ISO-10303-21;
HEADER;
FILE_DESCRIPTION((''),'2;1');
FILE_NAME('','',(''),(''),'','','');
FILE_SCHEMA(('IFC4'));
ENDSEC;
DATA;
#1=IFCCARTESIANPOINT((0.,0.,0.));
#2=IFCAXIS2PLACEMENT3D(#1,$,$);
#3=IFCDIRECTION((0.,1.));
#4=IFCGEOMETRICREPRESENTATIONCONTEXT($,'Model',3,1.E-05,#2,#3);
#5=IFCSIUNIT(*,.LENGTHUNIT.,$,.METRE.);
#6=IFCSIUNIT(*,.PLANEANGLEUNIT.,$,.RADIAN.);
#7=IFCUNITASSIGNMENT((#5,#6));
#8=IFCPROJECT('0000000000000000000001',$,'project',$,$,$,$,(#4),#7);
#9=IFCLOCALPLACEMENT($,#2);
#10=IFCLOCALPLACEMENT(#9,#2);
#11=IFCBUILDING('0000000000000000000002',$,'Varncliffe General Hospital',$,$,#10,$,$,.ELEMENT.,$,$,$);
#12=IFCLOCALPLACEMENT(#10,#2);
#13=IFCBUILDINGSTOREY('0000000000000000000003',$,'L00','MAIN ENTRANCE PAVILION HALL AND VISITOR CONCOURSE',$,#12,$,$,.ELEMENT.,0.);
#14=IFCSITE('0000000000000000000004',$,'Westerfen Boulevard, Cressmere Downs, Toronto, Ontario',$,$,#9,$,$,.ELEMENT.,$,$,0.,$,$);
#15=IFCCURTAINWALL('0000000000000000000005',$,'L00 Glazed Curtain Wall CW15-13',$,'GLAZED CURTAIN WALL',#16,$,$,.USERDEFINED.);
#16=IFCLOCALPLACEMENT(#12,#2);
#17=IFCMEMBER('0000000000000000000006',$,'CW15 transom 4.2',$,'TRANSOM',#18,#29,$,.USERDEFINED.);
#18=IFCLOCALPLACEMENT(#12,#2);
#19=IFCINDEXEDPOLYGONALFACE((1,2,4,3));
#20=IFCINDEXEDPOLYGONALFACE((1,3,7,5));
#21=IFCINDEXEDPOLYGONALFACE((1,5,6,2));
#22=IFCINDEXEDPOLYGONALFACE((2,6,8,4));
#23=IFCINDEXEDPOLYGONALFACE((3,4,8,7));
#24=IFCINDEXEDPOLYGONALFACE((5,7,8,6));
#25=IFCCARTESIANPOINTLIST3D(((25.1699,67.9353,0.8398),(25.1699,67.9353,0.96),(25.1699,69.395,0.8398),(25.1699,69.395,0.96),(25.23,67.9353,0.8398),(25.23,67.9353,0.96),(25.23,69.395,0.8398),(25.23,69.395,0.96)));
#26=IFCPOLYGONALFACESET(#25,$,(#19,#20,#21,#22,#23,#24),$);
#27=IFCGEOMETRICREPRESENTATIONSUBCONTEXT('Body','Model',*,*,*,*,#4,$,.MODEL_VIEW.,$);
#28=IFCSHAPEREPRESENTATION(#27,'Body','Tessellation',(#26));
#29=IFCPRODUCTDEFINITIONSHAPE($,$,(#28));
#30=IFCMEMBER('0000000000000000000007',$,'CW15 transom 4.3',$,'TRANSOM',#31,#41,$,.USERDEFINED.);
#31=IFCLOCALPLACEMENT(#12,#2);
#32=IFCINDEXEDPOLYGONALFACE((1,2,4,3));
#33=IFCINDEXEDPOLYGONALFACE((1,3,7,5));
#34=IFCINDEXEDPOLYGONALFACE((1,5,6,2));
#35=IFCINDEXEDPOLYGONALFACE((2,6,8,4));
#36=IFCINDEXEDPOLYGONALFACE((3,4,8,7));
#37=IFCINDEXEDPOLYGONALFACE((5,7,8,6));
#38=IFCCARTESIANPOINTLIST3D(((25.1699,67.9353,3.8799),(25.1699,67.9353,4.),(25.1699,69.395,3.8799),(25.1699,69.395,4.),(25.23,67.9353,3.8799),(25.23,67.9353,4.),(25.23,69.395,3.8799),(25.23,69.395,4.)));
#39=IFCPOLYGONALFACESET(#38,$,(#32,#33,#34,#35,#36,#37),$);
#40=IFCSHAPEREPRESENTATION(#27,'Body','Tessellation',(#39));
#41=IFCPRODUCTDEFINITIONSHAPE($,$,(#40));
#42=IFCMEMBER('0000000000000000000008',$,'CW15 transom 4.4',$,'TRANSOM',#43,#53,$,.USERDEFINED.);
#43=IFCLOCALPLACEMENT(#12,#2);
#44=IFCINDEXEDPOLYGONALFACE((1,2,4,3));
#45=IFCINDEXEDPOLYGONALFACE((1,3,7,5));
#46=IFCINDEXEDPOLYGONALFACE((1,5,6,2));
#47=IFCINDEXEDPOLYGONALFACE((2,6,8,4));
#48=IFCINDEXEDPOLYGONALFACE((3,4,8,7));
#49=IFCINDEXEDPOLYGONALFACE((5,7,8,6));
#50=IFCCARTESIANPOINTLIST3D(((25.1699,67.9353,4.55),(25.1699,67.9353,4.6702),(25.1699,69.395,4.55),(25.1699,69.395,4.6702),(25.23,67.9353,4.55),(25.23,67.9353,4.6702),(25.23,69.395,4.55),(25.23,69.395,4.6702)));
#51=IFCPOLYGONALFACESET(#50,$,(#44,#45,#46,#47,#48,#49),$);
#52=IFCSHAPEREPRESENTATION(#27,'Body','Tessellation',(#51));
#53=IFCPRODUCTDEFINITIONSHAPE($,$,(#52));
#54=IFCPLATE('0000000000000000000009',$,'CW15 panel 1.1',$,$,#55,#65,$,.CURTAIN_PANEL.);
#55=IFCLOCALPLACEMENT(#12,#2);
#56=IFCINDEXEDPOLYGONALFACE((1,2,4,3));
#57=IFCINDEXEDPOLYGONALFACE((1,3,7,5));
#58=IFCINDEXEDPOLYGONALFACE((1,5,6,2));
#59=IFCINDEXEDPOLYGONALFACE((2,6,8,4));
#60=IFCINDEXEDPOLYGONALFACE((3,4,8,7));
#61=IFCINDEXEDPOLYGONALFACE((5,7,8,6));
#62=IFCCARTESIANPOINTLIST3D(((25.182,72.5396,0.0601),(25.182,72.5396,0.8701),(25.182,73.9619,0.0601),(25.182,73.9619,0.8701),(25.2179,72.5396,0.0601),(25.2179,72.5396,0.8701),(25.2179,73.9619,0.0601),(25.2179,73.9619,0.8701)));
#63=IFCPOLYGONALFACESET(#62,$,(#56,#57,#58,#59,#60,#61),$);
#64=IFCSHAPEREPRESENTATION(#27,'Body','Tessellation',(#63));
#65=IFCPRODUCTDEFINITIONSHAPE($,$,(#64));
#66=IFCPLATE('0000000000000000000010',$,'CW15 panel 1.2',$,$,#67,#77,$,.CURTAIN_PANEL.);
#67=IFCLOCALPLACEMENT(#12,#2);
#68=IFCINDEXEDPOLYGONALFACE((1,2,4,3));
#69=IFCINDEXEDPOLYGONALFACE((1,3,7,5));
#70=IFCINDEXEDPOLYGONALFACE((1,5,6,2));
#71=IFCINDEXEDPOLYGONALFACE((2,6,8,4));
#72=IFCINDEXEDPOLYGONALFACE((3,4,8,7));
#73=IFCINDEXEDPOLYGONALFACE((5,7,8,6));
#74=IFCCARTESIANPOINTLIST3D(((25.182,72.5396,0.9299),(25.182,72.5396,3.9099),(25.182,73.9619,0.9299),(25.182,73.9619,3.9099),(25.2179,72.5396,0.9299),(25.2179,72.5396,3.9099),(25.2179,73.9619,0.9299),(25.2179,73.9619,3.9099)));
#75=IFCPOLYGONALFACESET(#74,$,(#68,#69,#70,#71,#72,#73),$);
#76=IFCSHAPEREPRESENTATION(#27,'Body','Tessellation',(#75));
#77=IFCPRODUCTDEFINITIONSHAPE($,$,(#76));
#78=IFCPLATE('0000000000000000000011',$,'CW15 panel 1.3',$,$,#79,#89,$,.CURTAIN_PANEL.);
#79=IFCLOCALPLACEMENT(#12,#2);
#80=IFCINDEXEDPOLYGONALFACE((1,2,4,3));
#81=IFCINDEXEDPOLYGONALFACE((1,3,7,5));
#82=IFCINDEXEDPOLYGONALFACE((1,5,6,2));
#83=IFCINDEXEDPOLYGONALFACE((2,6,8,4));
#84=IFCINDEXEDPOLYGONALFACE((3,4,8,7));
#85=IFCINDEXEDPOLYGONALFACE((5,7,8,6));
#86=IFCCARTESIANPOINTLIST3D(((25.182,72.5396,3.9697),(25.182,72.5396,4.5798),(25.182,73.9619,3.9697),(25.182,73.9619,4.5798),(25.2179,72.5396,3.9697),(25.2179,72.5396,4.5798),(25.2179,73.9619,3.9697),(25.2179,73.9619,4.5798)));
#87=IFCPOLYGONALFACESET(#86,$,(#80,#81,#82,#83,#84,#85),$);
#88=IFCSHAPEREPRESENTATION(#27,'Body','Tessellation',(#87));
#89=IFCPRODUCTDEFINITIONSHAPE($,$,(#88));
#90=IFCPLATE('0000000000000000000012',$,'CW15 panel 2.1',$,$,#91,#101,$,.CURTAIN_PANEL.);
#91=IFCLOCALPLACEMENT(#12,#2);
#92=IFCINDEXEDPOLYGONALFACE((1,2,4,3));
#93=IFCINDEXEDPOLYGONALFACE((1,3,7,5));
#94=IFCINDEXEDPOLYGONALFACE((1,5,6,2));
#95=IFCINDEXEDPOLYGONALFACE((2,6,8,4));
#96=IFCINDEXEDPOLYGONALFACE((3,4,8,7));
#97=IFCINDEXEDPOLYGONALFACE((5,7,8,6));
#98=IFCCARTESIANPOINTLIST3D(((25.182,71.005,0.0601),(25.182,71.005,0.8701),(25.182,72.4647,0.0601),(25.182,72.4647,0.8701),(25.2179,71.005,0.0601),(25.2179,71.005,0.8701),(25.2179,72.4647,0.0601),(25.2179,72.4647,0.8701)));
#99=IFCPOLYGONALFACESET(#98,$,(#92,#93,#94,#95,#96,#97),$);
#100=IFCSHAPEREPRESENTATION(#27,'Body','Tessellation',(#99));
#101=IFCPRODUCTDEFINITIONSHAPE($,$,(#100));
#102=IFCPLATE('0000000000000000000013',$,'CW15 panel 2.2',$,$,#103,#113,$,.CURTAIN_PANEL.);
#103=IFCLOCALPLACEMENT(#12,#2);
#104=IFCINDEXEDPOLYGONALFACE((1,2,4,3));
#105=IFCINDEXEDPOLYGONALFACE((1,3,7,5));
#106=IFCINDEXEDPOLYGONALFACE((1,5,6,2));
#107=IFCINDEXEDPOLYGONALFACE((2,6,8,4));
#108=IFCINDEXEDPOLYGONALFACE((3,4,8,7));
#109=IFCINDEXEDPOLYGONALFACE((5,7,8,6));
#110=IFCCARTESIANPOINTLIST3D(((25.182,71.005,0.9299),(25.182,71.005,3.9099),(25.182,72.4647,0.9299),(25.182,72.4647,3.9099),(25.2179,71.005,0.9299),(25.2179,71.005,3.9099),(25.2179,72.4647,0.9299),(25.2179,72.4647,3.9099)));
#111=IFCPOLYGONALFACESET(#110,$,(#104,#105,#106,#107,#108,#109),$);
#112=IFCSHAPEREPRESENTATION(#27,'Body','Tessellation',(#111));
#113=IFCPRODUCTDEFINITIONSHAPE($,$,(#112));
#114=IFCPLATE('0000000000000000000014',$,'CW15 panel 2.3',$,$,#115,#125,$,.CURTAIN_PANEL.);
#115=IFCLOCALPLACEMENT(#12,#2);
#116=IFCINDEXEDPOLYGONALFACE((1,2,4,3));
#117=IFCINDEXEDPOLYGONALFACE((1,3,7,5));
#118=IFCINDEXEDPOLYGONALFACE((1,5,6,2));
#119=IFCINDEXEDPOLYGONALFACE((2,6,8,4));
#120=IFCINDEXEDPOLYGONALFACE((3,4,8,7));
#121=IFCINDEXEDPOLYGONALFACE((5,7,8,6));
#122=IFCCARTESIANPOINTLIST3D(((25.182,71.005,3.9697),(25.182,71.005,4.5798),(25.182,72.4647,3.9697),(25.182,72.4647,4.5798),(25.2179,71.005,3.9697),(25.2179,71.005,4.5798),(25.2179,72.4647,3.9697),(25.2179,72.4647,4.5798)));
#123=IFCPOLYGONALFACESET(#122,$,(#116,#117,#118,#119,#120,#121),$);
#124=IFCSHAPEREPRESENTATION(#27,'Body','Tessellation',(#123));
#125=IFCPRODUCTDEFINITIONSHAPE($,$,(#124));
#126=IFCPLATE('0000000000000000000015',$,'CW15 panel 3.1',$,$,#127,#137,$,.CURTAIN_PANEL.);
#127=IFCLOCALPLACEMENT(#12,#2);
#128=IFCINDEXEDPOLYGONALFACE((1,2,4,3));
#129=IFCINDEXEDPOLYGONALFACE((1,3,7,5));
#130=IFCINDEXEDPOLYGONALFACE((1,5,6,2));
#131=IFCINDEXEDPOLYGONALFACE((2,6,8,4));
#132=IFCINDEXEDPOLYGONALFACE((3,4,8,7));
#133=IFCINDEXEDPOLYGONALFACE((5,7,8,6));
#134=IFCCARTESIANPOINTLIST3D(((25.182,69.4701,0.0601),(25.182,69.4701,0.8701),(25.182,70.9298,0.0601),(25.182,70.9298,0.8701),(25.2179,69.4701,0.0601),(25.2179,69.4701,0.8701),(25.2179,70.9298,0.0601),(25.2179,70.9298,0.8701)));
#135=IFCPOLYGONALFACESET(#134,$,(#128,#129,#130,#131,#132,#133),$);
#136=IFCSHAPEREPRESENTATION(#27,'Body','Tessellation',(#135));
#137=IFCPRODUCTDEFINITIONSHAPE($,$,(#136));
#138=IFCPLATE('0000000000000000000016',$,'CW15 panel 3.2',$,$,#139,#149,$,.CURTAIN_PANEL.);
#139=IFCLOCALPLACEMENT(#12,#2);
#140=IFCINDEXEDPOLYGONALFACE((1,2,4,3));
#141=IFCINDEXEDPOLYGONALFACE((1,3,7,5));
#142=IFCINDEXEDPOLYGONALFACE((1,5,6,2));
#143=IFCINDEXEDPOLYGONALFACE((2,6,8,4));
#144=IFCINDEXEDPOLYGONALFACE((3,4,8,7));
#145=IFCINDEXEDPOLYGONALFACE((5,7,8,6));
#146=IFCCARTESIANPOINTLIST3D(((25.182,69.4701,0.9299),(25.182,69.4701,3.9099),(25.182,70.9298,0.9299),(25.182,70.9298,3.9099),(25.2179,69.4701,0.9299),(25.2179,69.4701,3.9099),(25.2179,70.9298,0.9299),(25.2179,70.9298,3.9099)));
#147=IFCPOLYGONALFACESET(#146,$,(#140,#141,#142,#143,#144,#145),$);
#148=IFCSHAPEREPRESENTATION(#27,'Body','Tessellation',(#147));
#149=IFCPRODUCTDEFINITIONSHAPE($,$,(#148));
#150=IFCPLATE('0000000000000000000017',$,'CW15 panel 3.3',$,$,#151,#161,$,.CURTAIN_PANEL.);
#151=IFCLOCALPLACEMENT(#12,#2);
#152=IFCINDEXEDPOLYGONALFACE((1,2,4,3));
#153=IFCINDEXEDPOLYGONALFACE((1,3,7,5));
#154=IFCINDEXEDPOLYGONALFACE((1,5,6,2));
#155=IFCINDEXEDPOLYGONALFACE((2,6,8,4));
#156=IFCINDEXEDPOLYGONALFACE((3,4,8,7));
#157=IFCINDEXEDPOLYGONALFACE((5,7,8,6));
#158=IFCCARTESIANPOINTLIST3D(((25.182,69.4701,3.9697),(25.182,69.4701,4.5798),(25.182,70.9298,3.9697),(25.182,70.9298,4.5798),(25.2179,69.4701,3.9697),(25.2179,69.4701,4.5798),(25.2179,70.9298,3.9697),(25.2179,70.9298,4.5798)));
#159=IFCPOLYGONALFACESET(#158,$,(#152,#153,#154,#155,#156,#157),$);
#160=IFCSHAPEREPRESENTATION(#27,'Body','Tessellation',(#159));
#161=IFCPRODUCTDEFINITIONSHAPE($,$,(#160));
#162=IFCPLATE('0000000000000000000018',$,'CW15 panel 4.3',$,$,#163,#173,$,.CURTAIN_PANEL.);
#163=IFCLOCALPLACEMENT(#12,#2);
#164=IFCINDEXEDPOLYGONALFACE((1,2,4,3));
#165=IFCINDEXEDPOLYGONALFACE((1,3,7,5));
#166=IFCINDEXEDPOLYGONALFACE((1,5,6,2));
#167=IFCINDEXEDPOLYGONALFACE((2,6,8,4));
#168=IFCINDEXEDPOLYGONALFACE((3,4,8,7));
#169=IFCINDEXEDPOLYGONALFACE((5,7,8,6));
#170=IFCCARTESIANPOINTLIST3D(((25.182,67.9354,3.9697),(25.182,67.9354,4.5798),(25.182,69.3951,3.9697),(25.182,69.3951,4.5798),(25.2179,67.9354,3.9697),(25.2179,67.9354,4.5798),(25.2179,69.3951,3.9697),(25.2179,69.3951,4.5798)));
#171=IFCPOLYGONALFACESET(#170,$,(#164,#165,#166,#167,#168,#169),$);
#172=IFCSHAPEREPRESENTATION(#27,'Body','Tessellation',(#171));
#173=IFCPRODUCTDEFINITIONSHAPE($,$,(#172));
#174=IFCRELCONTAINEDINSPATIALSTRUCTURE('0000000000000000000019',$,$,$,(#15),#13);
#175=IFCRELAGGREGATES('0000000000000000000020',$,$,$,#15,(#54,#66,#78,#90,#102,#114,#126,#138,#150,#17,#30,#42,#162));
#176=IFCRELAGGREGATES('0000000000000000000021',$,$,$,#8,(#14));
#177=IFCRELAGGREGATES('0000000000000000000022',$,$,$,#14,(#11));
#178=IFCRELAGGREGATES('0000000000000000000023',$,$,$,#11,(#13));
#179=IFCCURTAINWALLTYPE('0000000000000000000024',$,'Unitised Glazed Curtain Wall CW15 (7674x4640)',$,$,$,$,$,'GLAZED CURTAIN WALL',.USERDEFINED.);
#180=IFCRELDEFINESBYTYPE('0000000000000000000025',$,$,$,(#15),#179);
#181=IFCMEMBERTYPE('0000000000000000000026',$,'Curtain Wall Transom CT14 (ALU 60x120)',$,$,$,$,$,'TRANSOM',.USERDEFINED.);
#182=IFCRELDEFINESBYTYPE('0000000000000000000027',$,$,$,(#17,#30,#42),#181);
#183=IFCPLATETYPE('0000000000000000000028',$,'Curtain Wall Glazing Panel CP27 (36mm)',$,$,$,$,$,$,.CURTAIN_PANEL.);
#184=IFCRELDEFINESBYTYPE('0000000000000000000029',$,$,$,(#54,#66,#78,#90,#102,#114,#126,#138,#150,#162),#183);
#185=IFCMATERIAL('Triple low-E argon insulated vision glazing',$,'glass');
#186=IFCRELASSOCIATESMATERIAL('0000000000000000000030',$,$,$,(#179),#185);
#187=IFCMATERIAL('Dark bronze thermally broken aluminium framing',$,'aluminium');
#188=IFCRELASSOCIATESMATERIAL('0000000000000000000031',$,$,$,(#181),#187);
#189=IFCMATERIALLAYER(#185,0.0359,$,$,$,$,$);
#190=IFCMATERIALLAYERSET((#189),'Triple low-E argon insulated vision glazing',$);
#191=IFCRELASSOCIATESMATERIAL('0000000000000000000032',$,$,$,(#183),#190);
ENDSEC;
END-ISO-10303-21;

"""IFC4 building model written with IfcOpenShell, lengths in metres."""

from ifc_helpers import new_model, si_unit, direction, frame, origin, origin_2d, place, context, subcontext, project, spatial, rectangle, extrude, material, layer, layer_set, material_profile, profile_set, type_object, element, aggregate, save


model = new_model("IFC4")

# Units and contexts
model_context = context("Model", 3, precision=1e-05, world=origin(), true_north=direction((0.0, 1.0)))
body_context = subcontext(model_context, "Body", "Model", "MODEL_VIEW")
ifc_project = project(units=[si_unit("LENGTHUNIT", "METRE"), si_unit("PLANEANGLEUNIT", "RADIAN")], contexts=[model_context])

# Site, building, storey
site_placement = place(None, origin())
site = spatial("IfcSite", under=ifc_project, at=site_placement, Name="Westerfen Boulevard, Cressmere Downs, Toronto, Ontario", CompositionType="ELEMENT", RefElevation=0.0)
building_placement = place(site_placement, origin())
building = spatial("IfcBuilding", under=site, at=building_placement, Name="Varncliffe General Hospital", CompositionType="ELEMENT")
storey_placement = place(building_placement, origin())
storey = spatial("IfcBuildingStorey", under=building, at=storey_placement, Name="L00", Description="MAIN ENTRANCE PAVILION HALL AND VISITOR CONCOURSE", CompositionType="ELEMENT", Elevation=0.0)

# Curtain wall, members, plates
ifc_material_1 = material(Name="Triple low-E argon insulated vision glazing", Category="glass")
curtain_wall_type = type_object("IfcCurtainWallType", Name="Unitised Glazed Curtain Wall CW15 (7674x4640)", ElementType="GLAZED CURTAIN WALL", PredefinedType="USERDEFINED", material=ifc_material_1)
curtain_wall_placement = place(storey_placement, origin())
curtain_wall = element("IfcCurtainWall", 1, at=curtain_wall_placement, inside=storey, type_object=curtain_wall_type, Name="L00 Glazed Curtain Wall CW15-13", ObjectType="GLAZED CURTAIN WALL", PredefinedType="USERDEFINED")
ifc_material_2 = material(Name="Dark bronze thermally broken aluminium framing", Category="aluminium")
ifc_material_profile_1 = material_profile(ifc_material_2, rectangle(XDim=0.0601, YDim=0.1201, at=origin_2d()), Name="ALU 60x120")
ifc_profile_set_1 = profile_set([ifc_material_profile_1], Name="Dark bronze thermally broken aluminium framing")
member_type_1 = type_object("IfcMemberType", Name="Curtain Wall Transom CT14 (ALU 60x120)", ElementType="TRANSOM", PredefinedType="USERDEFINED", material=ifc_profile_set_1)
member_1_placement = place(storey_placement, frame((25.2, 69.395, 0.8999), z_axis=(0.0, -1.0, 0.0), x_axis=(1.0, 0.0, 0.0)))
member_1 = element("IfcMember", 2, at=member_1_placement, type_object=member_type_1, Name="CW15 transom 4.2", ObjectType="TRANSOM", PredefinedType="USERDEFINED", context=body_context, shape_type="SweptSolid", body=[
    extrude(rectangle(XDim=0.0601, YDim=0.1201, at=origin_2d()), origin(), (0.0, 0.0, 1.0), 1.4597),
])
member_2_placement = place(storey_placement, frame((25.2, 69.395, 3.9399), z_axis=(0.0, -1.0, 0.0), x_axis=(1.0, 0.0, 0.0)))
member_2 = element("IfcMember", 3, at=member_2_placement, type_object=member_type_1, Name="CW15 transom 4.3", ObjectType="TRANSOM", PredefinedType="USERDEFINED", context=body_context, shape_type="SweptSolid", body=[
    extrude(rectangle(XDim=0.0601, YDim=0.1201, at=origin_2d()), origin(), (0.0, 0.0, 1.0), 1.4597),
])
member_3_placement = place(storey_placement, frame((25.2, 69.395, 4.6101), z_axis=(0.0, -1.0, 0.0), x_axis=(1.0, 0.0, 0.0)))
member_3 = element("IfcMember", 4, at=member_3_placement, type_object=member_type_1, Name="CW15 transom 4.4", ObjectType="TRANSOM", PredefinedType="USERDEFINED", context=body_context, shape_type="SweptSolid", body=[
    extrude(rectangle(XDim=0.0601, YDim=0.1201, at=origin_2d()), origin(), (0.0, 0.0, 1.0), 1.4597),
])
ifc_layer = layer(ifc_material_1, 0.0359)
ifc_layer_set = layer_set([ifc_layer], Name="Triple low-E argon insulated vision glazing")
plate_type = type_object("IfcPlateType", Name="Curtain Wall Glazing Panel CP27 (36mm)", PredefinedType="CURTAIN_PANEL", material=ifc_layer_set)
plate_1_placement = place(storey_placement, frame((25.2, 73.2507, 0.0601), z_axis=(0.0, 0.0, 1.0), x_axis=(0.0, -1.0, 0.0)))
plate_1 = element("IfcPlate", 5, at=plate_1_placement, type_object=plate_type, Name="CW15 panel 1.1", PredefinedType="CURTAIN_PANEL", context=body_context, shape_type="SweptSolid", body=[
    extrude(rectangle(XDim=1.4224, YDim=0.0359, at=origin_2d()), origin(), (0.0, 0.0, 1.0), 0.8101),
])
plate_2_placement = place(storey_placement, frame((25.2, 73.2507, 0.9299), z_axis=(0.0, 0.0, 1.0), x_axis=(0.0, -1.0, 0.0)))
plate_2 = element("IfcPlate", 6, at=plate_2_placement, type_object=plate_type, Name="CW15 panel 1.2", PredefinedType="CURTAIN_PANEL", context=body_context, shape_type="SweptSolid", body=[
    extrude(rectangle(XDim=1.4224, YDim=0.0359, at=origin_2d()), origin(), (0.0, 0.0, 1.0), 2.98),
])
plate_3_placement = place(storey_placement, frame((25.2, 73.2507, 3.9697), z_axis=(0.0, 0.0, 1.0), x_axis=(0.0, -1.0, 0.0)))
plate_3 = element("IfcPlate", 7, at=plate_3_placement, type_object=plate_type, Name="CW15 panel 1.3", PredefinedType="CURTAIN_PANEL", context=body_context, shape_type="SweptSolid", body=[
    extrude(rectangle(XDim=1.4224, YDim=0.0359, at=origin_2d()), origin(), (0.0, 0.0, 1.0), 0.6101),
])
plate_4_placement = place(storey_placement, frame((25.2, 71.7349, 0.0601), z_axis=(0.0, 0.0, 1.0), x_axis=(0.0, -1.0, 0.0)))
plate_4 = element("IfcPlate", 8, at=plate_4_placement, type_object=plate_type, Name="CW15 panel 2.1", PredefinedType="CURTAIN_PANEL", context=body_context, shape_type="SweptSolid", body=[
    extrude(rectangle(XDim=1.4597, YDim=0.0359, at=origin_2d()), origin(), (0.0, 0.0, 1.0), 0.8101),
])
plate_5_placement = place(storey_placement, frame((25.2, 71.7349, 0.9299), z_axis=(0.0, 0.0, 1.0), x_axis=(0.0, -1.0, 0.0)))
plate_5 = element("IfcPlate", 9, at=plate_5_placement, type_object=plate_type, Name="CW15 panel 2.2", PredefinedType="CURTAIN_PANEL", context=body_context, shape_type="SweptSolid", body=[
    extrude(rectangle(XDim=1.4597, YDim=0.0359, at=origin_2d()), origin(), (0.0, 0.0, 1.0), 2.98),
])
plate_6_placement = place(storey_placement, frame((25.2, 71.7349, 3.9697), z_axis=(0.0, 0.0, 1.0), x_axis=(0.0, -1.0, 0.0)))
plate_6 = element("IfcPlate", 10, at=plate_6_placement, type_object=plate_type, Name="CW15 panel 2.3", PredefinedType="CURTAIN_PANEL", context=body_context, shape_type="SweptSolid", body=[
    extrude(rectangle(XDim=1.4597, YDim=0.0359, at=origin_2d()), origin(), (0.0, 0.0, 1.0), 0.6101),
])
plate_7_placement = place(storey_placement, frame((25.2, 70.2, 0.0601), z_axis=(0.0, 0.0, 1.0), x_axis=(0.0, -1.0, 0.0)))
plate_7 = element("IfcPlate", 11, at=plate_7_placement, type_object=plate_type, Name="CW15 panel 3.1", PredefinedType="CURTAIN_PANEL", context=body_context, shape_type="SweptSolid", body=[
    extrude(rectangle(XDim=1.4597, YDim=0.0359, at=origin_2d()), origin(), (0.0, 0.0, 1.0), 0.8101),
])
plate_8_placement = place(storey_placement, frame((25.2, 70.2, 0.9299), z_axis=(0.0, 0.0, 1.0), x_axis=(0.0, -1.0, 0.0)))
plate_8 = element("IfcPlate", 12, at=plate_8_placement, type_object=plate_type, Name="CW15 panel 3.2", PredefinedType="CURTAIN_PANEL", context=body_context, shape_type="SweptSolid", body=[
    extrude(rectangle(XDim=1.4597, YDim=0.0359, at=origin_2d()), origin(), (0.0, 0.0, 1.0), 2.98),
])
plate_9_placement = place(storey_placement, frame((25.2, 70.2, 3.9697), z_axis=(0.0, 0.0, 1.0), x_axis=(0.0, -1.0, 0.0)))
plate_9 = element("IfcPlate", 13, at=plate_9_placement, type_object=plate_type, Name="CW15 panel 3.3", PredefinedType="CURTAIN_PANEL", context=body_context, shape_type="SweptSolid", body=[
    extrude(rectangle(XDim=1.4597, YDim=0.0359, at=origin_2d()), origin(), (0.0, 0.0, 1.0), 0.6101),
])
plate_10_placement = place(storey_placement, frame((25.2, 68.6653, 3.9697), z_axis=(0.0, 0.0, 1.0), x_axis=(0.0, -1.0, 0.0)))
plate_10 = element("IfcPlate", 14, at=plate_10_placement, type_object=plate_type, Name="CW15 panel 4.3", PredefinedType="CURTAIN_PANEL", context=body_context, shape_type="SweptSolid", body=[
    extrude(rectangle(XDim=1.4597, YDim=0.0359, at=origin_2d()), origin(), (0.0, 0.0, 1.0), 0.6101),
])
aggregate(curtain_wall, [plate_1, plate_2, plate_3, plate_4, plate_5, plate_6, plate_7, plate_8, plate_9, member_1, member_2, member_3, plate_10])

save(model, "model.ifc")
